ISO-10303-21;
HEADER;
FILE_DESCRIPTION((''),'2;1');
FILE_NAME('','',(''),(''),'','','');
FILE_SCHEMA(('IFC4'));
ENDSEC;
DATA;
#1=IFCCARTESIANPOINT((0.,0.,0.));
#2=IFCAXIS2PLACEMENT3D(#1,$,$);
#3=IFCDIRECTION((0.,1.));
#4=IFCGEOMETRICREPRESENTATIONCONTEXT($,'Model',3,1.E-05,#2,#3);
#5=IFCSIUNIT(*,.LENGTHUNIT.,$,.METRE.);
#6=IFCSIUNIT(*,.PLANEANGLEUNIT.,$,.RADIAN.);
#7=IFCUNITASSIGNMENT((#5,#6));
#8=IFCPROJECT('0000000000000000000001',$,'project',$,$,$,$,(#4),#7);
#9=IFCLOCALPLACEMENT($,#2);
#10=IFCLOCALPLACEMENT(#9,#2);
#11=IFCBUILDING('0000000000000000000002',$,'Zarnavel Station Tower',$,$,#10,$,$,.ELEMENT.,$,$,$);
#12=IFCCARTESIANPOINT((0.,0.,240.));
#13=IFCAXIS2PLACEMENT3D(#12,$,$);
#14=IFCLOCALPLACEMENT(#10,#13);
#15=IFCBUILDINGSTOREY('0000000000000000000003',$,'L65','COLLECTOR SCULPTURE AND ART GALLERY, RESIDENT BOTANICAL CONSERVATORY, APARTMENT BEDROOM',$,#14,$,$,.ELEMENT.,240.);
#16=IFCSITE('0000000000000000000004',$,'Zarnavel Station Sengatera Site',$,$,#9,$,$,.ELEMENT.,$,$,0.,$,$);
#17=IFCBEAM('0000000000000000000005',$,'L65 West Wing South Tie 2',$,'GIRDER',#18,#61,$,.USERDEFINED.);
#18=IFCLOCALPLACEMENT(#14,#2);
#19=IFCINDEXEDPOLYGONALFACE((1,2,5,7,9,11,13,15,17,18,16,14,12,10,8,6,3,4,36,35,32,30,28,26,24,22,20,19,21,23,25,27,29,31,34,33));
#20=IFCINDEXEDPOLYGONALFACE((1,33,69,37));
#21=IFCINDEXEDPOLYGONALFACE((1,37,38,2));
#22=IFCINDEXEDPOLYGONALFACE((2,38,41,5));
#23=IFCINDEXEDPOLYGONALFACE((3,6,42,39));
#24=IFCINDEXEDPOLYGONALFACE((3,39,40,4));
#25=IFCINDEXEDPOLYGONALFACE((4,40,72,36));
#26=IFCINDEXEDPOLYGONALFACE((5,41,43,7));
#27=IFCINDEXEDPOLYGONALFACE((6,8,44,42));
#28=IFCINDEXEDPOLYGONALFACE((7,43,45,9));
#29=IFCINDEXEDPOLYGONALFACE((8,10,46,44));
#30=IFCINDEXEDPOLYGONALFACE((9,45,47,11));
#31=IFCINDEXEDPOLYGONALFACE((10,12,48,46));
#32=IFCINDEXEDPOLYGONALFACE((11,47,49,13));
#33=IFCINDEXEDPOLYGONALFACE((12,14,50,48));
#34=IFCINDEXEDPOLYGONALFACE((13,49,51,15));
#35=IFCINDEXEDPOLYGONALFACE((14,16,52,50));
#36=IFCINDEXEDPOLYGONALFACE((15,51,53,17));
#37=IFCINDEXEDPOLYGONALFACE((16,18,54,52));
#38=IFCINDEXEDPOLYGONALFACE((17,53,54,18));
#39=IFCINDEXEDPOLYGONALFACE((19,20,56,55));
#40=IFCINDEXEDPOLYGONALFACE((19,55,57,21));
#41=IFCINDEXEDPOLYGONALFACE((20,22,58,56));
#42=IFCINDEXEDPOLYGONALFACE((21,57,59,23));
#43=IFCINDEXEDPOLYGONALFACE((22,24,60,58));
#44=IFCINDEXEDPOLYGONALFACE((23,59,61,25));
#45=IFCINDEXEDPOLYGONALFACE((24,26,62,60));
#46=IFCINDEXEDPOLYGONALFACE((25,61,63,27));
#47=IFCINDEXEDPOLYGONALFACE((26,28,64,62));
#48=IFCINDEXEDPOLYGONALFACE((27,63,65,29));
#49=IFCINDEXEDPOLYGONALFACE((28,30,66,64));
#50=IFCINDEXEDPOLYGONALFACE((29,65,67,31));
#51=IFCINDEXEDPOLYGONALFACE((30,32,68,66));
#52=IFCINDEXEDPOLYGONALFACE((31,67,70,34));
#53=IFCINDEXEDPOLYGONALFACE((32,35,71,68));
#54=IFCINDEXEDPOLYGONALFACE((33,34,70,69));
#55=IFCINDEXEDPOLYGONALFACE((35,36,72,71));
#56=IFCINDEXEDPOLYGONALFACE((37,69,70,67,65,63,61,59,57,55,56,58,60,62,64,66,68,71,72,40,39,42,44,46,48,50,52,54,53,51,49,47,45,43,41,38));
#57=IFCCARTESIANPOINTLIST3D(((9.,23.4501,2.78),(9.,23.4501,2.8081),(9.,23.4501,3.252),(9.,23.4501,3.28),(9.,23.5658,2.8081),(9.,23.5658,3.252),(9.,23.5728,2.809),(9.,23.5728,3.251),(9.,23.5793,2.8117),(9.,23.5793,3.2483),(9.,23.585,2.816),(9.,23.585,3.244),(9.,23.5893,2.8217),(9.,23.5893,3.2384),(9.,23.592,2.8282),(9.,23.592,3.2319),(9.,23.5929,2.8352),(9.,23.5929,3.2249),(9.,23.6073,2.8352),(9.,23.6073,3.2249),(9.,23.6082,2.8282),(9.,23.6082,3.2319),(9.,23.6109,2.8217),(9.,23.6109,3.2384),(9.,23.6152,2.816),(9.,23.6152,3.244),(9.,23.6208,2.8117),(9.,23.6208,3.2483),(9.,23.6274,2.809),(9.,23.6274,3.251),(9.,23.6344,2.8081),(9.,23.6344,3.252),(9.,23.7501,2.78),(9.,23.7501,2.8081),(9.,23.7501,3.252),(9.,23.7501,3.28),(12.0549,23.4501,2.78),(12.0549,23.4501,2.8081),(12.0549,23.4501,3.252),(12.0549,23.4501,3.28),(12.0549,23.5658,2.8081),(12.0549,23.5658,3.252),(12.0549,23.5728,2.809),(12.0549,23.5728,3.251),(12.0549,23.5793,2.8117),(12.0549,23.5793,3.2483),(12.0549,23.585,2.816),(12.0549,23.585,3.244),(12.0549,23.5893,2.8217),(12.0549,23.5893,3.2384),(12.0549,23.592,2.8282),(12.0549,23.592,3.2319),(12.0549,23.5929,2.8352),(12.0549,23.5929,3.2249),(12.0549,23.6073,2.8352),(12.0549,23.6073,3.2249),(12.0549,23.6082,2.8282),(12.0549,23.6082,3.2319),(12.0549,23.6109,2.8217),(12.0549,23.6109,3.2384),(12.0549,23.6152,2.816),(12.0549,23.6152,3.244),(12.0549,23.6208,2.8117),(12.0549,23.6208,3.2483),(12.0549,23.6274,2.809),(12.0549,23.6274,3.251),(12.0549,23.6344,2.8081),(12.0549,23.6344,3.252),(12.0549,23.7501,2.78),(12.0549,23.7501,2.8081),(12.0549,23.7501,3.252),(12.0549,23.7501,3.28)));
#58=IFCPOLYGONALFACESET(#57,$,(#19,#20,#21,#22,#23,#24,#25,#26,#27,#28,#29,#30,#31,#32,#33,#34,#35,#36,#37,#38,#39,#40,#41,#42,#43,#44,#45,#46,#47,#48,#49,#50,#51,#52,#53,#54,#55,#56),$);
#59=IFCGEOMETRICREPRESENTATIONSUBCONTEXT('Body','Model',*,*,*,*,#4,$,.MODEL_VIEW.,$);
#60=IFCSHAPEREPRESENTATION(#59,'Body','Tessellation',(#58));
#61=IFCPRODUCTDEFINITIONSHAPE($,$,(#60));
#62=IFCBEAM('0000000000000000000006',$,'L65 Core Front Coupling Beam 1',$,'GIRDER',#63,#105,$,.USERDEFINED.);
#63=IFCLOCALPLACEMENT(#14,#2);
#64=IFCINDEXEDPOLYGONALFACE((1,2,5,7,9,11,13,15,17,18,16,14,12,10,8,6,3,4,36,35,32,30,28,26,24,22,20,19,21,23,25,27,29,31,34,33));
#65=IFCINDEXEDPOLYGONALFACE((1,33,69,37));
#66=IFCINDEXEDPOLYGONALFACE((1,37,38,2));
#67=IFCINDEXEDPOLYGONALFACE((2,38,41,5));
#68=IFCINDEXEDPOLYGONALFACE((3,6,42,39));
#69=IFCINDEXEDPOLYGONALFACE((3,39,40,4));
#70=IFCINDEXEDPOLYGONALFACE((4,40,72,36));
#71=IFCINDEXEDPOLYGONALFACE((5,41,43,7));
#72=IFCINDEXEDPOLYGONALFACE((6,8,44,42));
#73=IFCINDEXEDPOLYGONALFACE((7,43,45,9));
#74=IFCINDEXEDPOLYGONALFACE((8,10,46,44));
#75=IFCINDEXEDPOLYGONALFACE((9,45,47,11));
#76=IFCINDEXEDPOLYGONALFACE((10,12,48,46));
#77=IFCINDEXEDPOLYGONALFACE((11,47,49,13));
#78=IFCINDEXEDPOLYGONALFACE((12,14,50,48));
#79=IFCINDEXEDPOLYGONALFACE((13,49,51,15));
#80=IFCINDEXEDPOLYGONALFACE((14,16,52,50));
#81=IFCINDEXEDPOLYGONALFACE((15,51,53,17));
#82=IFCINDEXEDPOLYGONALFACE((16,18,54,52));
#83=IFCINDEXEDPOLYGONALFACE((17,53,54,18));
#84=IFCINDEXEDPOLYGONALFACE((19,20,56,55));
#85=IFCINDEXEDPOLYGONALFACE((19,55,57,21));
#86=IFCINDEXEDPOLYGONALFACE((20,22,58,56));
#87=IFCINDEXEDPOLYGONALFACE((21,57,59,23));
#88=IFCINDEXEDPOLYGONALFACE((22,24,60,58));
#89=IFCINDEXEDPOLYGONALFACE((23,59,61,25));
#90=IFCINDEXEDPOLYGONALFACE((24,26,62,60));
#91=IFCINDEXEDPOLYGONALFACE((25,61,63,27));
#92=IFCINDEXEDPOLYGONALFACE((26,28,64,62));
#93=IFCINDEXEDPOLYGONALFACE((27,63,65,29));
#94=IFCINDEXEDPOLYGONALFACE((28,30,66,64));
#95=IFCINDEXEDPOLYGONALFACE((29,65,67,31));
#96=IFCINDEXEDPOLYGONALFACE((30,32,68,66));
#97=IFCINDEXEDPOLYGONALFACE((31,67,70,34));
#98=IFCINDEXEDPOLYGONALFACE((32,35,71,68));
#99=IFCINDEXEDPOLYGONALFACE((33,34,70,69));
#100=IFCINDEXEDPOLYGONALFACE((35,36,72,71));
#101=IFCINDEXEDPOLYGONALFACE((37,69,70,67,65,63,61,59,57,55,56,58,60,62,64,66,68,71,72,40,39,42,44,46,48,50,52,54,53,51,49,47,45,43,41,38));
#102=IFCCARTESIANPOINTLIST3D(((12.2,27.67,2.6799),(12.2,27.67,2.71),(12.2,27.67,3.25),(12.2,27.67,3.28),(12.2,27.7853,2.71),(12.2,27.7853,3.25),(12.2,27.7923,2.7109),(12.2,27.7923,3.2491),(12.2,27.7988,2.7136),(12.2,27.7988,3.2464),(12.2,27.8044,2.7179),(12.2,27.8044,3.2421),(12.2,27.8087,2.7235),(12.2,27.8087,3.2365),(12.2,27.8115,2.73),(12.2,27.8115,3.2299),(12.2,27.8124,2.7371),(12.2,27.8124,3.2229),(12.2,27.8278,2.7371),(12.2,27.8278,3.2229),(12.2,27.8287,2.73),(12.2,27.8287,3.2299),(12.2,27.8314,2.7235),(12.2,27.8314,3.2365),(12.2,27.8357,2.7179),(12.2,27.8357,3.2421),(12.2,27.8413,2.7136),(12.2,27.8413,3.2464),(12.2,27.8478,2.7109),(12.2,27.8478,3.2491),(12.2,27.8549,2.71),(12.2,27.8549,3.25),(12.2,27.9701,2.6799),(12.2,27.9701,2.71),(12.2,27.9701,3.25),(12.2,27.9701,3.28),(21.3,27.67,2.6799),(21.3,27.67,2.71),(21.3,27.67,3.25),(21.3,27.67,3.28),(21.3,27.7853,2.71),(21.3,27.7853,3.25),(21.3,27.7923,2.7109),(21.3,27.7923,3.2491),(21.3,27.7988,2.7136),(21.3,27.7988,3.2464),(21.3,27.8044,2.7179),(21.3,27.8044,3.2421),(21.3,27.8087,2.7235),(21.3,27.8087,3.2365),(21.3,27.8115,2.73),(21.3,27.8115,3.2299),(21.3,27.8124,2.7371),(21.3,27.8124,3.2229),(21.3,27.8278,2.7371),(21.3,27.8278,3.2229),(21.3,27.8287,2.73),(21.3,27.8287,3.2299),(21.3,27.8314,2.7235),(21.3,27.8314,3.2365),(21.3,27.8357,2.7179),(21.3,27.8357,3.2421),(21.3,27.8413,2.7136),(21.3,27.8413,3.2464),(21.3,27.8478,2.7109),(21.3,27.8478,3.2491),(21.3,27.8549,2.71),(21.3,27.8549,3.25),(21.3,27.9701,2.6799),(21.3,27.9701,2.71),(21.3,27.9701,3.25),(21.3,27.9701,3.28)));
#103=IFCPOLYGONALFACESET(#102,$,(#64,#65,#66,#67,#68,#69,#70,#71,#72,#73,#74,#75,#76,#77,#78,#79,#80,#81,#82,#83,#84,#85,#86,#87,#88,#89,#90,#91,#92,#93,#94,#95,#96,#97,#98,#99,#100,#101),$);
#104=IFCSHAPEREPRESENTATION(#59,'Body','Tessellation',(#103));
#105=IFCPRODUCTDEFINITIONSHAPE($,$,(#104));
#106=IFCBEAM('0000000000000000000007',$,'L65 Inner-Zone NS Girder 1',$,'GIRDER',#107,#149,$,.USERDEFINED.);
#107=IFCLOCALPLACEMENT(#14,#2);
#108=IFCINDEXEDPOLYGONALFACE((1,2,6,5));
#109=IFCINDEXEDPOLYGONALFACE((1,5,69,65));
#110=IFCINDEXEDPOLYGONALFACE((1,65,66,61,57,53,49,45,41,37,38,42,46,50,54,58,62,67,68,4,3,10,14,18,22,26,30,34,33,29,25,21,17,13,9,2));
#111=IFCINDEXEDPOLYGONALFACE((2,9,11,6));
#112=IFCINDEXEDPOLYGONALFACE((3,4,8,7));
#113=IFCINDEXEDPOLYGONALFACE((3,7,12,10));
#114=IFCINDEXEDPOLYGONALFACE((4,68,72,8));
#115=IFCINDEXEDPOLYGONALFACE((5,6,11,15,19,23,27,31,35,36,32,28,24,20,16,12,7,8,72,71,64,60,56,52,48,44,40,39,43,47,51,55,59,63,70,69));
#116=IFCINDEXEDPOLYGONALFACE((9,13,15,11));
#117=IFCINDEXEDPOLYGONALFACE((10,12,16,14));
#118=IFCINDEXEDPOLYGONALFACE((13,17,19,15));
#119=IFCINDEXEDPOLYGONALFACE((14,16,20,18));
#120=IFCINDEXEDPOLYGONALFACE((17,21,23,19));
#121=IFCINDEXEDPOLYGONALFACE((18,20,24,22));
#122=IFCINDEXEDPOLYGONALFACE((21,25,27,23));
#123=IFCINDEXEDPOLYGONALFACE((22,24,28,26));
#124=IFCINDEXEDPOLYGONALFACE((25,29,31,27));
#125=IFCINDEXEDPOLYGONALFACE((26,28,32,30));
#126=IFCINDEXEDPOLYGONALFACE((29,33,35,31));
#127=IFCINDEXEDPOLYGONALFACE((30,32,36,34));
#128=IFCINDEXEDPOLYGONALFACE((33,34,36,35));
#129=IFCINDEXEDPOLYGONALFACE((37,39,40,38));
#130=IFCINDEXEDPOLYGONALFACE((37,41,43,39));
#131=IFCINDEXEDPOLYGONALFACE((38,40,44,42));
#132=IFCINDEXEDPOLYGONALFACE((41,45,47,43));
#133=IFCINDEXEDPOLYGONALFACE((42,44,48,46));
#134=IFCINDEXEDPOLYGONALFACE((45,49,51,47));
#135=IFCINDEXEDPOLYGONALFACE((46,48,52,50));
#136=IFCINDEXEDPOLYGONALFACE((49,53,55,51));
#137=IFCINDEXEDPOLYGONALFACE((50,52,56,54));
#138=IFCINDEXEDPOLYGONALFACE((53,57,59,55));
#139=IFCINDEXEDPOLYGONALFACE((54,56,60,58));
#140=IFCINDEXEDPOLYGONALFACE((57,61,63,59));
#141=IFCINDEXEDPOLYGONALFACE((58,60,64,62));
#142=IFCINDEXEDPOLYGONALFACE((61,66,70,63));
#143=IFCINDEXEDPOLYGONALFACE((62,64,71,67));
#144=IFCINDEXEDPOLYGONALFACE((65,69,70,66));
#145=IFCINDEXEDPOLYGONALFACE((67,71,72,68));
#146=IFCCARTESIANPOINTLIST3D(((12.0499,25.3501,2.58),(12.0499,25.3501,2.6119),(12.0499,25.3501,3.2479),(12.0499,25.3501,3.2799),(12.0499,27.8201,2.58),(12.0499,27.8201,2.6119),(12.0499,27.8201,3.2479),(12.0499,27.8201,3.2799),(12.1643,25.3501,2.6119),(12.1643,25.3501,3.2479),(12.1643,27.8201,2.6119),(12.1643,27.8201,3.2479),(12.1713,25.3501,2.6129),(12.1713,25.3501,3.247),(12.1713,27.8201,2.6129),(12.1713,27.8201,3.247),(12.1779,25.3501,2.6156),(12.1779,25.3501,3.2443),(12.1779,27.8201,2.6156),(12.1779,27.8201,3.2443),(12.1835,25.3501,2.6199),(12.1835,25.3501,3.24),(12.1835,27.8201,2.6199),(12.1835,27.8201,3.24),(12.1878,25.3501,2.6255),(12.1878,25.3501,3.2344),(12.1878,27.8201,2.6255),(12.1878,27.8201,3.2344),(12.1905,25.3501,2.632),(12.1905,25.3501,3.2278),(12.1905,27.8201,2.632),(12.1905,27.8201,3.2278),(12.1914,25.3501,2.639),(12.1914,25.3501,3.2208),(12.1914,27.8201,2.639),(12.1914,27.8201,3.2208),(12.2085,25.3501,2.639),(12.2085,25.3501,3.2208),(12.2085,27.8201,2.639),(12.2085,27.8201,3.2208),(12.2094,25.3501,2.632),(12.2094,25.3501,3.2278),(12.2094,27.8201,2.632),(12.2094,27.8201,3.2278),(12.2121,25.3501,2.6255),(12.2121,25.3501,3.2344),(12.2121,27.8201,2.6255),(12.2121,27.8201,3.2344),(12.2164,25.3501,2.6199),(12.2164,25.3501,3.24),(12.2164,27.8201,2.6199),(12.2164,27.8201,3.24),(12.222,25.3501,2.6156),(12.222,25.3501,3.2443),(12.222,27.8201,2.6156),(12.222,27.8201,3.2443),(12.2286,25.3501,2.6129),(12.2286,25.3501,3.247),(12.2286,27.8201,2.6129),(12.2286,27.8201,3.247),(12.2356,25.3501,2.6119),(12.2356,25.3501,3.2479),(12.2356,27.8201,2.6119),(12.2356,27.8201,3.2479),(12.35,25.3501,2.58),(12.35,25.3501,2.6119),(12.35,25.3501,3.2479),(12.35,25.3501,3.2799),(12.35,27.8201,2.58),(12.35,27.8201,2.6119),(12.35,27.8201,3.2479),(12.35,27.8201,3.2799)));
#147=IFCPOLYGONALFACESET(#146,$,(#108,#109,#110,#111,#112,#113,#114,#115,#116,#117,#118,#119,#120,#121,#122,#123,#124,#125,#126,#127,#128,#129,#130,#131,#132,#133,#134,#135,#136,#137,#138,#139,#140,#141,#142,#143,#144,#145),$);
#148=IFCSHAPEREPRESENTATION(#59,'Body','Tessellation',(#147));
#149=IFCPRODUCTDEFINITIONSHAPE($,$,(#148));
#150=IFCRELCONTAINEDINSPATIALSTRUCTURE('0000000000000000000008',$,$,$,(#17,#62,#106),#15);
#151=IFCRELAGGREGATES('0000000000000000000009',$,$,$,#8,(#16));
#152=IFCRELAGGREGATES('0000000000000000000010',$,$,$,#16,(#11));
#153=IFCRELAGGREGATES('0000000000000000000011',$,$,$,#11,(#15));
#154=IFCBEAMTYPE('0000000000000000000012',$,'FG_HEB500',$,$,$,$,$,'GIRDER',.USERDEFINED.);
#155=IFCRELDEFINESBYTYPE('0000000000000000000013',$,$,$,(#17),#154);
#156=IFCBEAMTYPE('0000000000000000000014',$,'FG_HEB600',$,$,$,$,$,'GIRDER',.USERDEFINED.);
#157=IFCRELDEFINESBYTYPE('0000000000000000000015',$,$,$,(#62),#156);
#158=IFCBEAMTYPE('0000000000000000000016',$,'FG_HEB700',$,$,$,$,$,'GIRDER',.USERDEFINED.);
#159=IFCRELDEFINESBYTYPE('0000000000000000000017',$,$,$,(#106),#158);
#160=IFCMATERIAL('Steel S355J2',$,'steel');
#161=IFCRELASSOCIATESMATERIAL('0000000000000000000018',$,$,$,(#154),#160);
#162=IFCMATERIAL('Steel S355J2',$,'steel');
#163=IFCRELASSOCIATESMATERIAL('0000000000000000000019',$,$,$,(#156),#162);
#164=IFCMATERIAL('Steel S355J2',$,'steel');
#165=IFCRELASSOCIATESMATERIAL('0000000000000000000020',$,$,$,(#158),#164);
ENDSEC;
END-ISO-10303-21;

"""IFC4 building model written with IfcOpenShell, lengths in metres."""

from ifc_helpers import new_model, si_unit, direction, frame, origin, origin_2d, place, context, subcontext, project, spatial, i_section, extrude, material, material_profile, profile_set, type_object, element, save


model = new_model("IFC4")

# Units and contexts
model_context = context("Model", 3, precision=1e-05, world=origin(), true_north=direction((0.0, 1.0)))
body_context = subcontext(model_context, "Body", "Model", "MODEL_VIEW")
ifc_project = project(units=[si_unit("LENGTHUNIT", "METRE"), si_unit("PLANEANGLEUNIT", "RADIAN")], contexts=[model_context])

# Site, building, storey
site_placement = place(None, origin())
site = spatial("IfcSite", under=ifc_project, at=site_placement, Name="Zarnavel Station Sengatera Site", CompositionType="ELEMENT", RefElevation=0.0)
building_placement = place(site_placement, origin())
building = spatial("IfcBuilding", under=site, at=building_placement, Name="Zarnavel Station Tower", CompositionType="ELEMENT")
storey_placement = place(building_placement, frame((0.0, 0.0, 240.0)))
storey = spatial("IfcBuildingStorey", under=building, at=storey_placement, Name="L65", Description="COLLECTOR SCULPTURE AND ART GALLERY, RESIDENT BOTANICAL CONSERVATORY, APARTMENT BEDROOM", CompositionType="ELEMENT", Elevation=240.0)

# Beams
ifc_material_1 = material(Name="Steel S355J2", Category="steel")
ifc_material_profile_1 = material_profile(ifc_material_1, i_section(OverallWidth=0.3, OverallDepth=0.5, WebThickness=0.0144, FlangeThickness=0.0281, FilletRadius=0.0271, at=origin_2d()), Name="HEB500")
ifc_profile_set_1 = profile_set([ifc_material_profile_1], Name="Steel S355J2")
beam_type_1 = type_object("IfcBeamType", Name="FG_HEB500", ElementType="GIRDER", PredefinedType="USERDEFINED", material=ifc_profile_set_1)
beam_1_placement = place(storey_placement, frame((9.0, 23.6001, 3.03), z_axis=(1.0, 0.0, 0.0), x_axis=(0.0, 1.0, 0.0)))
element("IfcBeam", 1, at=beam_1_placement, inside=storey, type_object=beam_type_1, Name="L65 West Wing South Tie 2", ObjectType="GIRDER", PredefinedType="USERDEFINED", context=body_context, shape_type="SweptSolid", body=[
    extrude(i_section(OverallWidth=0.3, OverallDepth=0.5, WebThickness=0.0144, FlangeThickness=0.0281, FilletRadius=0.0271, at=origin_2d()), origin(), (0.0, 0.0, 1.0), 3.0549),
])
ifc_material_2 = material(Name="Steel S355J2", Category="steel")
ifc_material_profile_2 = material_profile(ifc_material_2, i_section(OverallWidth=0.3, OverallDepth=0.6001, WebThickness=0.0154, FlangeThickness=0.03, FilletRadius=0.0271, at=origin_2d()), Name="HEB600")
ifc_profile_set_2 = profile_set([ifc_material_profile_2], Name="Steel S355J2")
beam_type_2 = type_object("IfcBeamType", Name="FG_HEB600", ElementType="GIRDER", PredefinedType="USERDEFINED", material=ifc_profile_set_2)
beam_2_placement = place(storey_placement, frame((12.2, 27.8201, 2.98), z_axis=(1.0, 0.0, 0.0), x_axis=(0.0, 1.0, 0.0)))
element("IfcBeam", 2, at=beam_2_placement, inside=storey, type_object=beam_type_2, Name="L65 Core Front Coupling Beam 1", ObjectType="GIRDER", PredefinedType="USERDEFINED", context=body_context, shape_type="SweptSolid", body=[
    extrude(i_section(OverallWidth=0.3, OverallDepth=0.6001, WebThickness=0.0154, FlangeThickness=0.03, FilletRadius=0.0271, at=origin_2d()), origin(), (0.0, 0.0, 1.0), 9.1001),
])
ifc_material_3 = material(Name="Steel S355J2", Category="steel")
ifc_material_profile_3 = material_profile(ifc_material_3, i_section(OverallWidth=0.3, OverallDepth=0.7, WebThickness=0.0171, FlangeThickness=0.032, FilletRadius=0.0271, at=origin_2d()), Name="HEB700")
ifc_profile_set_3 = profile_set([ifc_material_profile_3], Name="Steel S355J2")
beam_type_3 = type_object("IfcBeamType", Name="FG_HEB700", ElementType="GIRDER", PredefinedType="USERDEFINED", material=ifc_profile_set_3)
beam_3_placement = place(storey_placement, frame((12.2, 25.3501, 2.9299), z_axis=(0.0, 1.0, 0.0), x_axis=(-1.0, 0.0, 0.0)))
element("IfcBeam", 3, at=beam_3_placement, inside=storey, type_object=beam_type_3, Name="L65 Inner-Zone NS Girder 1", ObjectType="GIRDER", PredefinedType="USERDEFINED", context=body_context, shape_type="SweptSolid", body=[
    extrude(i_section(OverallWidth=0.3, OverallDepth=0.7, WebThickness=0.0171, FlangeThickness=0.032, FilletRadius=0.0271, at=origin_2d()), origin(), (0.0, 0.0, 1.0), 2.47),
])

save(model, "model.ifc")
